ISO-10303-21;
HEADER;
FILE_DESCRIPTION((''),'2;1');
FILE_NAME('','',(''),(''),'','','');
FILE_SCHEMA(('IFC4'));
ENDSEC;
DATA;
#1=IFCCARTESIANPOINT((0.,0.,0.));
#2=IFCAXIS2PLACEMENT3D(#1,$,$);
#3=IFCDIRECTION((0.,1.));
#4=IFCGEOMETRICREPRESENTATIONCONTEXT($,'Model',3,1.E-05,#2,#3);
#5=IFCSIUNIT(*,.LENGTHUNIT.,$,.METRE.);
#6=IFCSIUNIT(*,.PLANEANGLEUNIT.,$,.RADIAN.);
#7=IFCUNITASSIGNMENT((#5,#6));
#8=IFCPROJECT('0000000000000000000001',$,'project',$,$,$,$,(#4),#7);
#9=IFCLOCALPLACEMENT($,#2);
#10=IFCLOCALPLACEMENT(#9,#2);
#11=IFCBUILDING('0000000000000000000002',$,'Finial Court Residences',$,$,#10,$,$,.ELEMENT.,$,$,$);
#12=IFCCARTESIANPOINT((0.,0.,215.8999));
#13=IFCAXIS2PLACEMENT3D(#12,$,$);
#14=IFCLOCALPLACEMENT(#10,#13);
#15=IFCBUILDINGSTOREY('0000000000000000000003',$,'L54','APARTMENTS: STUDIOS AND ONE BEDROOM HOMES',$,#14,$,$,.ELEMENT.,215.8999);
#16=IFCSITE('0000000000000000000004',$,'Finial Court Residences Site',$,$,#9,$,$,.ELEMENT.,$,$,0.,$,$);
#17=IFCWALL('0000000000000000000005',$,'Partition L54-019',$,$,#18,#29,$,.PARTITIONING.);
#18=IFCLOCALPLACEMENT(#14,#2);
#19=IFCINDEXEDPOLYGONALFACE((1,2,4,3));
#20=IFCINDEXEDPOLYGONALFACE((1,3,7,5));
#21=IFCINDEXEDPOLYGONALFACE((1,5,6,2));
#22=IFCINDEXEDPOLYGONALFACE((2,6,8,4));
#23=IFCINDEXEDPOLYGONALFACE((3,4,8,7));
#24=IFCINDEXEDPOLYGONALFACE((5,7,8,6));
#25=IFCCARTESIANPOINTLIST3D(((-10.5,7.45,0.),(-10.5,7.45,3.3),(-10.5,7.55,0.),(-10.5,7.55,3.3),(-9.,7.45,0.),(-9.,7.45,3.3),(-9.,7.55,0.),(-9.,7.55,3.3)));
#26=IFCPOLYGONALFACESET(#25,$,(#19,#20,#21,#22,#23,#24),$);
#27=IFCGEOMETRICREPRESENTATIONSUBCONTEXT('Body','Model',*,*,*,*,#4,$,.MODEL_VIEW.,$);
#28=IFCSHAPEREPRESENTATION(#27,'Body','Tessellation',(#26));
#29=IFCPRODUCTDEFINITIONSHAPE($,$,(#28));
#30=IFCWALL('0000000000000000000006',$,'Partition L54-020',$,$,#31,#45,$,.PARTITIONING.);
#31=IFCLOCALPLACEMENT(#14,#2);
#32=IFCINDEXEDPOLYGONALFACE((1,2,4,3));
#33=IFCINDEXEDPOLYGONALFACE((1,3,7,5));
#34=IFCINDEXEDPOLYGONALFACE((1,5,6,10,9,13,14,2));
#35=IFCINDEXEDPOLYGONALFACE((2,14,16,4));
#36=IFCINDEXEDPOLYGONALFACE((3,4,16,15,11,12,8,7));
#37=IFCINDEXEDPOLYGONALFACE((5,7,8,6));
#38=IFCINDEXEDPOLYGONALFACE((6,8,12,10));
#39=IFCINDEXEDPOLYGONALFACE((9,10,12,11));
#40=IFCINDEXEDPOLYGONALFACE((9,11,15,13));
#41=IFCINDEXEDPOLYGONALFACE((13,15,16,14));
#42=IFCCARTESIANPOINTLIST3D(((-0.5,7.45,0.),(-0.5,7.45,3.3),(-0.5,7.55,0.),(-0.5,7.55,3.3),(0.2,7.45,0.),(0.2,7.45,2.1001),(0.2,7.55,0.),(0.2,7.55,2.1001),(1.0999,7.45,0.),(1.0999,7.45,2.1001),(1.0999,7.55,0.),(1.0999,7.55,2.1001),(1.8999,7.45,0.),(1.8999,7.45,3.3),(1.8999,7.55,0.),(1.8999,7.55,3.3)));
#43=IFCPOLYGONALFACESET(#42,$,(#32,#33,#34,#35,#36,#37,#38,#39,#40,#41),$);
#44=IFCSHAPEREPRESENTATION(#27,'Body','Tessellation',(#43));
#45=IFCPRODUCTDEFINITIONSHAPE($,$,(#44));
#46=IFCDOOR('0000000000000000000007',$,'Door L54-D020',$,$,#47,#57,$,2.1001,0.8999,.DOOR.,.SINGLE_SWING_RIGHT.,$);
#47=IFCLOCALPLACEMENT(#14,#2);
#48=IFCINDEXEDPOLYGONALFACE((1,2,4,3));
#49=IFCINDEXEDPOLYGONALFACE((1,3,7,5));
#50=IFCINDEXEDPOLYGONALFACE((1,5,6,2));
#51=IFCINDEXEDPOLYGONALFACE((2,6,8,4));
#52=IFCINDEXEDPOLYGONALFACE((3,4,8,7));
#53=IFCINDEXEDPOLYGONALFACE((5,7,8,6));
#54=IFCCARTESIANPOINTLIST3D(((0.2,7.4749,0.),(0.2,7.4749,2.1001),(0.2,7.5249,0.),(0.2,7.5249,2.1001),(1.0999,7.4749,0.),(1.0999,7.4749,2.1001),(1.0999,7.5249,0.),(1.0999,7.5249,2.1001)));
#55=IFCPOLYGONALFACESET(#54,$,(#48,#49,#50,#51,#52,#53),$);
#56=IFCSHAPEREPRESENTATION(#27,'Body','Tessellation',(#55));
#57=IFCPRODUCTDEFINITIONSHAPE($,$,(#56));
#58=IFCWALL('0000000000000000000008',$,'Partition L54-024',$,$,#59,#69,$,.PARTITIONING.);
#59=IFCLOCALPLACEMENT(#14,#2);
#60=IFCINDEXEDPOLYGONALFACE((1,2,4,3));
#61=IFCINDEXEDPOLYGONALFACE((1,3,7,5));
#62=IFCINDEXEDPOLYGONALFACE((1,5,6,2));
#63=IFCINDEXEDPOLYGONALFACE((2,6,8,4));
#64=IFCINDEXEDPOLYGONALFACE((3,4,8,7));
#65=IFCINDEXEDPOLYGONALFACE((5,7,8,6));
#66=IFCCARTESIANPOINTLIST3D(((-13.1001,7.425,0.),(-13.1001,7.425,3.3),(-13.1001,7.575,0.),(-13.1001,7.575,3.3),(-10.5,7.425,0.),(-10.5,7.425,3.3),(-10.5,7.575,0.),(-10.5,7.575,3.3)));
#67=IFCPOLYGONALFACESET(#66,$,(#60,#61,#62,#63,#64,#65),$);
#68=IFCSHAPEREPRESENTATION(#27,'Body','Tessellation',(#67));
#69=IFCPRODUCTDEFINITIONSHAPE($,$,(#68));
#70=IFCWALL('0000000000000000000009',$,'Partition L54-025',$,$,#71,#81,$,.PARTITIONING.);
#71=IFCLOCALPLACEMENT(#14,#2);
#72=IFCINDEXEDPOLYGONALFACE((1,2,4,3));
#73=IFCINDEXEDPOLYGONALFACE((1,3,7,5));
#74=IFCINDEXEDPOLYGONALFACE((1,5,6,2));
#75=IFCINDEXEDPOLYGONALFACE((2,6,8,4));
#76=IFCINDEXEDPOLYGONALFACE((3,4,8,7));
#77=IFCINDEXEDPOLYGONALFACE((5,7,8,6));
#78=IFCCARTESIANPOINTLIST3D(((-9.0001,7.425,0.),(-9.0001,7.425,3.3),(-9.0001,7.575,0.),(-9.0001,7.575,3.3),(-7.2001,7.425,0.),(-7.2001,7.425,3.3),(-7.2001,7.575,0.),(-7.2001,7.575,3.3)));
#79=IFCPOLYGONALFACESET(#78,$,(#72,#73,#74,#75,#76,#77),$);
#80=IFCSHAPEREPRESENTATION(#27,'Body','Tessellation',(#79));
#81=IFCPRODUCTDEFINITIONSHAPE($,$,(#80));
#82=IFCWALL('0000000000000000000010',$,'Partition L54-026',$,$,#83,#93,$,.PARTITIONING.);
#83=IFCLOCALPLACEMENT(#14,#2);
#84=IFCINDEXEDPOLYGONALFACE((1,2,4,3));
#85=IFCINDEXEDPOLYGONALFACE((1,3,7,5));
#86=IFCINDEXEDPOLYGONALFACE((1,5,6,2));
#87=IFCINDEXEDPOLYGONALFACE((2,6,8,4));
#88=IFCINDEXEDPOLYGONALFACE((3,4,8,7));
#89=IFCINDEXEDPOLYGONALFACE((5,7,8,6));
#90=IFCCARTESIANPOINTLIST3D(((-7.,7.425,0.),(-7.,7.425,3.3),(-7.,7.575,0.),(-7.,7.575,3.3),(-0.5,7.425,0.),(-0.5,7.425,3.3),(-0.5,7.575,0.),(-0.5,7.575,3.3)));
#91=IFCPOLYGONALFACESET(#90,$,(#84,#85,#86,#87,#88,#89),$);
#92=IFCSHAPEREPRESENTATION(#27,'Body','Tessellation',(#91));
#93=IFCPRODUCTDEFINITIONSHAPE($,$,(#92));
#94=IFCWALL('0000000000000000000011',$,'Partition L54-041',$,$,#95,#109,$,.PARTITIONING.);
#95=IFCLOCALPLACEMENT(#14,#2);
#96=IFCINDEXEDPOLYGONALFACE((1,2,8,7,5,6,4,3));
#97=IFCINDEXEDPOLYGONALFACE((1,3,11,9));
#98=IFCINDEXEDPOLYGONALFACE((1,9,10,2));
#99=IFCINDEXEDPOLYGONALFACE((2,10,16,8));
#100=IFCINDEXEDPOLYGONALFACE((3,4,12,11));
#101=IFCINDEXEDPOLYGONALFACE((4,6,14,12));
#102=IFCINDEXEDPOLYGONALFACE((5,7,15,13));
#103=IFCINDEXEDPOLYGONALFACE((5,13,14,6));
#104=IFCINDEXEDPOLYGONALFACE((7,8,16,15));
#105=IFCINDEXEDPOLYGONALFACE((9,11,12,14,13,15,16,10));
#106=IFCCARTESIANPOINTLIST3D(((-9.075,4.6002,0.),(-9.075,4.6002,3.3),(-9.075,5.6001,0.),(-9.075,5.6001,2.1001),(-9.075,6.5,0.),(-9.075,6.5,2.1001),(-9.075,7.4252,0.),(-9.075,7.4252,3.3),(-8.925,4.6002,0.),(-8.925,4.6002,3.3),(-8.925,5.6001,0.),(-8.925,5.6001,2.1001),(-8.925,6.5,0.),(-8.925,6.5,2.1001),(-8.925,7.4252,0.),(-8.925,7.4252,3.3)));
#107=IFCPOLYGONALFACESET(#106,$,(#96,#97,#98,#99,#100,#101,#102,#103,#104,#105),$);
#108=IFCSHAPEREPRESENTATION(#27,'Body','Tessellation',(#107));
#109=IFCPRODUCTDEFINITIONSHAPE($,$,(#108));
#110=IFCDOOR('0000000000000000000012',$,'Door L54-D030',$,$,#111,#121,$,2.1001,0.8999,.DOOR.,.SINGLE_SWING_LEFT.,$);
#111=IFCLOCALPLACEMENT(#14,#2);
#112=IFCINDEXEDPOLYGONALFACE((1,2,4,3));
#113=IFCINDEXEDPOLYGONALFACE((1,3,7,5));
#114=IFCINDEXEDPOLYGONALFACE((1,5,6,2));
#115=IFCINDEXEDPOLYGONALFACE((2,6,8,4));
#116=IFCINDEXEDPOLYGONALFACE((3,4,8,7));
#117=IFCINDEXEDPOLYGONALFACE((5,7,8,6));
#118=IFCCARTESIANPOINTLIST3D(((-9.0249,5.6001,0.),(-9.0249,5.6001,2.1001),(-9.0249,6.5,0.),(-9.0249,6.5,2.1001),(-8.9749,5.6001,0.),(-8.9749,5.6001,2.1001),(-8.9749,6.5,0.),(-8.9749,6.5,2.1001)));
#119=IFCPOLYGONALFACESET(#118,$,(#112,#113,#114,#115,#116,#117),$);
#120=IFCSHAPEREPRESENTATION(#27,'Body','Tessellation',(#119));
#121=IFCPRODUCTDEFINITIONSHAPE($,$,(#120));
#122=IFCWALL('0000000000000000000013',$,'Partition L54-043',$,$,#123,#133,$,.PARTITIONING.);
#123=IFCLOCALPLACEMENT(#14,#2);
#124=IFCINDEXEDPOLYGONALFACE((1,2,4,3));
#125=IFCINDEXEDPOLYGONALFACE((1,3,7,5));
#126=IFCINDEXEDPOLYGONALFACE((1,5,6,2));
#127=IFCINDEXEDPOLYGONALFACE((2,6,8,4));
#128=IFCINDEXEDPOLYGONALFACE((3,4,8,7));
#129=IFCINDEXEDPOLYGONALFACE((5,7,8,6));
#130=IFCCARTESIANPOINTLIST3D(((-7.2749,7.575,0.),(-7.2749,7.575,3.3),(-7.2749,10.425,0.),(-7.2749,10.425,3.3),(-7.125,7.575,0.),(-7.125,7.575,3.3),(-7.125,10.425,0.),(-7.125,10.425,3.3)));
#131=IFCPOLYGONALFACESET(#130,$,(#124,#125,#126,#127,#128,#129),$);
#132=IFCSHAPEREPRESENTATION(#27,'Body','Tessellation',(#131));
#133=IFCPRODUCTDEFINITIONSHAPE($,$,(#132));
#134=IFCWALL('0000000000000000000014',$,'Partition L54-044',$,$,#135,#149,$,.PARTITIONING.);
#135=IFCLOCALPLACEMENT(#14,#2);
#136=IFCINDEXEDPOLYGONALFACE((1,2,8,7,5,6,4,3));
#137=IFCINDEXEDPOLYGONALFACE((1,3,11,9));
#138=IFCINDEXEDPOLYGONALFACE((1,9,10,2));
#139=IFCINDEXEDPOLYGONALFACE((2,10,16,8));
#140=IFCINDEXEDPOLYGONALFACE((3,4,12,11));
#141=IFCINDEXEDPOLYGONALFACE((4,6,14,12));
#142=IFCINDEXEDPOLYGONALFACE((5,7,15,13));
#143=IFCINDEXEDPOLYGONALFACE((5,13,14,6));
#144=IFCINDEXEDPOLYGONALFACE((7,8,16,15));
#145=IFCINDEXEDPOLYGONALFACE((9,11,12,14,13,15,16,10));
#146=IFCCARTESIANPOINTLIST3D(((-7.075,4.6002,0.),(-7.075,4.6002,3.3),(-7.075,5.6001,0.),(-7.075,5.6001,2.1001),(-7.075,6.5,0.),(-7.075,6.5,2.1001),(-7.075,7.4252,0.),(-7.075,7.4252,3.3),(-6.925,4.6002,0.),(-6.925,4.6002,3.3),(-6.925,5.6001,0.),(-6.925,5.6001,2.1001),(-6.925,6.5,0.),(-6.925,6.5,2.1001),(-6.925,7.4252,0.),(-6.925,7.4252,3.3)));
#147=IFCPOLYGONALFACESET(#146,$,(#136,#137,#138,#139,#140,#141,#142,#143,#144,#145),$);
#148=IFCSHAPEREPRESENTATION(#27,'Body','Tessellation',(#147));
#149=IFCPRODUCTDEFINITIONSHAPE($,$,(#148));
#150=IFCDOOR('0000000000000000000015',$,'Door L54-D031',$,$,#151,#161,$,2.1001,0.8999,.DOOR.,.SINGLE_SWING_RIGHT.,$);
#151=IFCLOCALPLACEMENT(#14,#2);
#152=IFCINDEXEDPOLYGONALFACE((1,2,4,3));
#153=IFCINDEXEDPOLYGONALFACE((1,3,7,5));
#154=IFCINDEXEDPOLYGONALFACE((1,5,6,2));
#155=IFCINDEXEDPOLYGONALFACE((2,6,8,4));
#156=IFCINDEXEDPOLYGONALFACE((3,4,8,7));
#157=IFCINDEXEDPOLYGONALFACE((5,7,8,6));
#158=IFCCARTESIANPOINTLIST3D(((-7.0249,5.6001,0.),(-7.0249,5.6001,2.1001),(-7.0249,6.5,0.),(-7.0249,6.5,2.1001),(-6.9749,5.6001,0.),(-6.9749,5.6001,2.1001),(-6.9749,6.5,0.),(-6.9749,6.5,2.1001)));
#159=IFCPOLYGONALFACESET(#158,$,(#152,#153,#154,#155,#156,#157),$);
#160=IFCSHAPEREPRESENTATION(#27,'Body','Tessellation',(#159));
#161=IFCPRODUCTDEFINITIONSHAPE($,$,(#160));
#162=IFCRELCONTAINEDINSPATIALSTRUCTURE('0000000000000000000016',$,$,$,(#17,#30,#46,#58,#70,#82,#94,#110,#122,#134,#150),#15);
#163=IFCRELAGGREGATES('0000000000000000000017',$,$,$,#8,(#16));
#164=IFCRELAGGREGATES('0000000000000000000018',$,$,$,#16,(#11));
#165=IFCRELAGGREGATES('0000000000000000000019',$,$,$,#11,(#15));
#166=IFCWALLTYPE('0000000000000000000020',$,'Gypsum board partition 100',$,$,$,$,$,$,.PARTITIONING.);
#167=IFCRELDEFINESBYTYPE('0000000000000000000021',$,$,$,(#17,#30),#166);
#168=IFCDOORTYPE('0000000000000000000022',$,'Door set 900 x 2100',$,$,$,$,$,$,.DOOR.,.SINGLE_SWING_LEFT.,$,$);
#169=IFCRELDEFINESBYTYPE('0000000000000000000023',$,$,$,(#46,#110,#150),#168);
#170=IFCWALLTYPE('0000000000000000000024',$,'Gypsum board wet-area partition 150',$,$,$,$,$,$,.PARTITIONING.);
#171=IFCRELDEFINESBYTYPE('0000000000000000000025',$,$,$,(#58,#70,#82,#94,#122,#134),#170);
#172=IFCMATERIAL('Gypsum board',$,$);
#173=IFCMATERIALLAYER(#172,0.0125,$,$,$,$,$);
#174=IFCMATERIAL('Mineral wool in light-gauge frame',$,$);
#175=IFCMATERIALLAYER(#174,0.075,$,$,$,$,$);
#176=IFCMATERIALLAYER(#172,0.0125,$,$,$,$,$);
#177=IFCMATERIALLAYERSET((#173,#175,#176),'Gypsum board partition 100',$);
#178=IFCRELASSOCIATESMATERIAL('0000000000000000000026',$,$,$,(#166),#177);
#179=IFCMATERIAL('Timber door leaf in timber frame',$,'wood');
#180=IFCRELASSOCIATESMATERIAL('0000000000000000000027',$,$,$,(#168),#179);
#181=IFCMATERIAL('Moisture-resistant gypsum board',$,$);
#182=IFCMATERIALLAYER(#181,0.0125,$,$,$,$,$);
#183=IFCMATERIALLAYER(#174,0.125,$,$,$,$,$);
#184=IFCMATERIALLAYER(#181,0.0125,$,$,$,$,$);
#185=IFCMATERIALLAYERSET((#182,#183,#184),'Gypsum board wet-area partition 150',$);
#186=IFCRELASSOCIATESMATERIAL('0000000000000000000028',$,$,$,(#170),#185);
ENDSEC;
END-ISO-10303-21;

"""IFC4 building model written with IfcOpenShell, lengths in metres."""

from ifc_helpers import new_model, si_unit, direction, frame, frame_2d, origin, place, context, subcontext, project, spatial, rectangle, extrude, material, layer, layer_set, type_object, element, fill, save


model = new_model("IFC4")

# Units and contexts
model_context = context("Model", 3, precision=1e-05, world=origin(), true_north=direction((0.0, 1.0)))
body_context = subcontext(model_context, "Body", "Model", "MODEL_VIEW")
ifc_project = project(units=[si_unit("LENGTHUNIT", "METRE"), si_unit("PLANEANGLEUNIT", "RADIAN")], contexts=[model_context])

# Site, building, storey
site_placement = place(None, origin())
site = spatial("IfcSite", under=ifc_project, at=site_placement, Name="Finial Court Residences Site", CompositionType="ELEMENT", RefElevation=0.0)
building_placement = place(site_placement, origin())
building = spatial("IfcBuilding", under=site, at=building_placement, Name="Finial Court Residences", CompositionType="ELEMENT")
storey_placement = place(building_placement, frame((0.0, 0.0, 215.8999)))
storey = spatial("IfcBuildingStorey", under=building, at=storey_placement, Name="L54", Description="APARTMENTS: STUDIOS AND ONE BEDROOM HOMES", CompositionType="ELEMENT", Elevation=215.8999)

# Wall
ifc_material_1 = material(Name="Gypsum board")
ifc_layer_1 = layer(ifc_material_1, 0.0125)
ifc_material_2 = material(Name="Mineral wool in light-gauge frame")
ifc_layer_2 = layer(ifc_material_2, 0.075)
ifc_layer_3 = layer(ifc_material_1, 0.0125)
ifc_layer_set_1 = layer_set([ifc_layer_1, ifc_layer_2, ifc_layer_3], Name="Gypsum board partition 100")
wall_type_1 = type_object("IfcWallType", Name="Gypsum board partition 100", PredefinedType="PARTITIONING", material=ifc_layer_set_1)
wall_1_placement = place(storey_placement, frame((-10.5, 7.5, 0.0), z_axis=(0.0, 0.0, 1.0), x_axis=(1.0, 0.0, 0.0)))
element("IfcWall", 1, at=wall_1_placement, inside=storey, type_object=wall_type_1, Name="Partition L54-019", PredefinedType="PARTITIONING", context=body_context, shape_type="SweptSolid", body=[
    extrude(rectangle(XDim=1.5, YDim=0.1001, at=frame_2d((0.75, 0.0))), origin(), (0.0, 0.0, 1.0), 3.3),
])

# Wall, opening, door
wall_2_placement = place(storey_placement, frame((-0.5, 7.5, 0.0), z_axis=(0.0, 0.0, 1.0), x_axis=(1.0, 0.0, 0.0)))
wall_2 = element("IfcWall", 2, at=wall_2_placement, inside=storey, type_object=wall_type_1, Name="Partition L54-020", PredefinedType="PARTITIONING", context=body_context, shape_type="SweptSolid", body=[
    extrude(rectangle(XDim=2.3999, YDim=0.1001, at=frame_2d((1.2, 0.0))), origin(), (0.0, 0.0, 1.0), 3.3),
])
opening_1_placement = place(wall_2_placement, frame((0.7, 0.0, 0.0)))
opening_1 = element("IfcOpeningElement", 3, at=opening_1_placement, cuts=wall_2, PredefinedType="OPENING", context=body_context, shape_type="SweptSolid", body=[
    extrude(rectangle(XDim=0.8999, YDim=2.1001, at=frame_2d((0.45, 1.05))), frame((0.0, 0.0601, 0.0), z_axis=(0.0, -1.0, 0.0), x_axis=(1.0, 0.0, 0.0)), (0.0, 0.0, 1.0), 0.1201),
])
ifc_material_3 = material(Name="Timber door leaf in timber frame", Category="wood")
door_type = type_object("IfcDoorType", Name="Door set 900 x 2100", OperationType="SINGLE_SWING_LEFT", PredefinedType="DOOR", material=ifc_material_3)
door_1_placement = place(opening_1_placement, origin())
door_1 = element("IfcDoor", 4, at=door_1_placement, inside=storey, type_object=door_type, Name="Door L54-D020", OperationType="SINGLE_SWING_RIGHT", OverallHeight=2.1001, OverallWidth=0.8999, PredefinedType="DOOR", context=body_context, shape_type="SweptSolid", body=[
    extrude(rectangle(XDim=0.8999, YDim=2.1001, at=frame_2d((0.45, 1.05))), frame((0.0, 0.0249, 0.0), z_axis=(0.0, -1.0, 0.0), x_axis=(1.0, 0.0, 0.0)), (0.0, 0.0, 1.0), 0.05),
])
fill(opening_1, door_1)

# Walls
ifc_material_4 = material(Name="Moisture-resistant gypsum board")
ifc_layer_4 = layer(ifc_material_4, 0.0125)
ifc_layer_5 = layer(ifc_material_2, 0.125)
ifc_layer_6 = layer(ifc_material_4, 0.0125)
ifc_layer_set_2 = layer_set([ifc_layer_4, ifc_layer_5, ifc_layer_6], Name="Gypsum board wet-area partition 150")
wall_type_2 = type_object("IfcWallType", Name="Gypsum board wet-area partition 150", PredefinedType="PARTITIONING", material=ifc_layer_set_2)
wall_3_placement = place(storey_placement, frame((-13.1001, 7.5, 0.0), z_axis=(0.0, 0.0, 1.0), x_axis=(1.0, 0.0, 0.0)))
element("IfcWall", 5, at=wall_3_placement, inside=storey, type_object=wall_type_2, Name="Partition L54-024", PredefinedType="PARTITIONING", context=body_context, shape_type="SweptSolid", body=[
    extrude(rectangle(XDim=2.6001, YDim=0.1499, at=frame_2d((1.3, 0.0))), origin(), (0.0, 0.0, 1.0), 3.3),
])
wall_4_placement = place(storey_placement, frame((-9.0, 7.5, 0.0), z_axis=(0.0, 0.0, 1.0), x_axis=(1.0, 0.0, 0.0)))
element("IfcWall", 6, at=wall_4_placement, inside=storey, type_object=wall_type_2, Name="Partition L54-025", PredefinedType="PARTITIONING", context=body_context, shape_type="SweptSolid", body=[
    extrude(rectangle(XDim=1.8, YDim=0.1499, at=frame_2d((0.8999, 0.0))), origin(), (0.0, 0.0, 1.0), 3.3),
])
wall_5_placement = place(storey_placement, frame((-7.0, 7.5, 0.0), z_axis=(0.0, 0.0, 1.0), x_axis=(1.0, 0.0, 0.0)))
element("IfcWall", 7, at=wall_5_placement, inside=storey, type_object=wall_type_2, Name="Partition L54-026", PredefinedType="PARTITIONING", context=body_context, shape_type="SweptSolid", body=[
    extrude(rectangle(XDim=6.5, YDim=0.1499, at=frame_2d((3.25, 0.0))), origin(), (0.0, 0.0, 1.0), 3.3),
])

# Wall, opening, door
wall_6_placement = place(storey_placement, frame((-9.0, 4.6001, 0.0), z_axis=(0.0, 0.0, 1.0), x_axis=(0.0, 1.0, 0.0)))
wall_6 = element("IfcWall", 8, at=wall_6_placement, inside=storey, type_object=wall_type_2, Name="Partition L54-041", PredefinedType="PARTITIONING", context=body_context, shape_type="SweptSolid", body=[
    extrude(rectangle(XDim=2.825, YDim=0.1499, at=frame_2d((1.4126, 0.0))), origin(), (0.0, 0.0, 1.0), 3.3),
])
opening_2_placement = place(wall_6_placement, frame((1.0, 0.0, 0.0)))
opening_2 = element("IfcOpeningElement", 9, at=opening_2_placement, cuts=wall_6, PredefinedType="OPENING", context=body_context, shape_type="SweptSolid", body=[
    extrude(rectangle(XDim=0.8999, YDim=2.1001, at=frame_2d((0.45, 1.05))), frame((0.0, 0.085, 0.0), z_axis=(0.0, -1.0, 0.0), x_axis=(1.0, 0.0, 0.0)), (0.0, 0.0, 1.0), 0.1699),
])
door_2_placement = place(opening_2_placement, origin())
door_2 = element("IfcDoor", 10, at=door_2_placement, inside=storey, type_object=door_type, Name="Door L54-D030", OperationType="SINGLE_SWING_LEFT", OverallHeight=2.1001, OverallWidth=0.8999, PredefinedType="DOOR", context=body_context, shape_type="SweptSolid", body=[
    extrude(rectangle(XDim=0.8999, YDim=2.1001, at=frame_2d((0.45, 1.05))), frame((0.0, 0.0249, 0.0), z_axis=(0.0, -1.0, 0.0), x_axis=(1.0, 0.0, 0.0)), (0.0, 0.0, 1.0), 0.05),
])
fill(opening_2, door_2)

# Wall
wall_7_placement = place(storey_placement, frame((-7.2, 7.575, 0.0), z_axis=(0.0, 0.0, 1.0), x_axis=(0.0, 1.0, 0.0)))
element("IfcWall", 11, at=wall_7_placement, inside=storey, type_object=wall_type_2, Name="Partition L54-043", PredefinedType="PARTITIONING", context=body_context, shape_type="SweptSolid", body=[
    extrude(rectangle(XDim=2.8501, YDim=0.1499, at=frame_2d((1.425, 0.0))), origin(), (0.0, 0.0, 1.0), 3.3),
])

# Wall, opening, door
wall_8_placement = place(storey_placement, frame((-7.0, 4.6001, 0.0), z_axis=(0.0, 0.0, 1.0), x_axis=(0.0, 1.0, 0.0)))
wall_8 = element("IfcWall", 12, at=wall_8_placement, inside=storey, type_object=wall_type_2, Name="Partition L54-044", PredefinedType="PARTITIONING", context=body_context, shape_type="SweptSolid", body=[
    extrude(rectangle(XDim=2.825, YDim=0.1499, at=frame_2d((1.4126, 0.0))), origin(), (0.0, 0.0, 1.0), 3.3),
])
opening_3_placement = place(wall_8_placement, frame((1.0, 0.0, 0.0)))
opening_3 = element("IfcOpeningElement", 13, at=opening_3_placement, cuts=wall_8, PredefinedType="OPENING", context=body_context, shape_type="SweptSolid", body=[
    extrude(rectangle(XDim=0.8999, YDim=2.1001, at=frame_2d((0.45, 1.05))), frame((0.0, 0.085, 0.0), z_axis=(0.0, -1.0, 0.0), x_axis=(1.0, 0.0, 0.0)), (0.0, 0.0, 1.0), 0.1699),
])
door_3_placement = place(opening_3_placement, origin())
door_3 = element("IfcDoor", 14, at=door_3_placement, inside=storey, type_object=door_type, Name="Door L54-D031", OperationType="SINGLE_SWING_RIGHT", OverallHeight=2.1001, OverallWidth=0.8999, PredefinedType="DOOR", context=body_context, shape_type="SweptSolid", body=[
    extrude(rectangle(XDim=0.8999, YDim=2.1001, at=frame_2d((0.45, 1.05))), frame((0.0, 0.0249, 0.0), z_axis=(0.0, -1.0, 0.0), x_axis=(1.0, 0.0, 0.0)), (0.0, 0.0, 1.0), 0.05),
])
fill(opening_3, door_3)

save(model, "model.ifc")
